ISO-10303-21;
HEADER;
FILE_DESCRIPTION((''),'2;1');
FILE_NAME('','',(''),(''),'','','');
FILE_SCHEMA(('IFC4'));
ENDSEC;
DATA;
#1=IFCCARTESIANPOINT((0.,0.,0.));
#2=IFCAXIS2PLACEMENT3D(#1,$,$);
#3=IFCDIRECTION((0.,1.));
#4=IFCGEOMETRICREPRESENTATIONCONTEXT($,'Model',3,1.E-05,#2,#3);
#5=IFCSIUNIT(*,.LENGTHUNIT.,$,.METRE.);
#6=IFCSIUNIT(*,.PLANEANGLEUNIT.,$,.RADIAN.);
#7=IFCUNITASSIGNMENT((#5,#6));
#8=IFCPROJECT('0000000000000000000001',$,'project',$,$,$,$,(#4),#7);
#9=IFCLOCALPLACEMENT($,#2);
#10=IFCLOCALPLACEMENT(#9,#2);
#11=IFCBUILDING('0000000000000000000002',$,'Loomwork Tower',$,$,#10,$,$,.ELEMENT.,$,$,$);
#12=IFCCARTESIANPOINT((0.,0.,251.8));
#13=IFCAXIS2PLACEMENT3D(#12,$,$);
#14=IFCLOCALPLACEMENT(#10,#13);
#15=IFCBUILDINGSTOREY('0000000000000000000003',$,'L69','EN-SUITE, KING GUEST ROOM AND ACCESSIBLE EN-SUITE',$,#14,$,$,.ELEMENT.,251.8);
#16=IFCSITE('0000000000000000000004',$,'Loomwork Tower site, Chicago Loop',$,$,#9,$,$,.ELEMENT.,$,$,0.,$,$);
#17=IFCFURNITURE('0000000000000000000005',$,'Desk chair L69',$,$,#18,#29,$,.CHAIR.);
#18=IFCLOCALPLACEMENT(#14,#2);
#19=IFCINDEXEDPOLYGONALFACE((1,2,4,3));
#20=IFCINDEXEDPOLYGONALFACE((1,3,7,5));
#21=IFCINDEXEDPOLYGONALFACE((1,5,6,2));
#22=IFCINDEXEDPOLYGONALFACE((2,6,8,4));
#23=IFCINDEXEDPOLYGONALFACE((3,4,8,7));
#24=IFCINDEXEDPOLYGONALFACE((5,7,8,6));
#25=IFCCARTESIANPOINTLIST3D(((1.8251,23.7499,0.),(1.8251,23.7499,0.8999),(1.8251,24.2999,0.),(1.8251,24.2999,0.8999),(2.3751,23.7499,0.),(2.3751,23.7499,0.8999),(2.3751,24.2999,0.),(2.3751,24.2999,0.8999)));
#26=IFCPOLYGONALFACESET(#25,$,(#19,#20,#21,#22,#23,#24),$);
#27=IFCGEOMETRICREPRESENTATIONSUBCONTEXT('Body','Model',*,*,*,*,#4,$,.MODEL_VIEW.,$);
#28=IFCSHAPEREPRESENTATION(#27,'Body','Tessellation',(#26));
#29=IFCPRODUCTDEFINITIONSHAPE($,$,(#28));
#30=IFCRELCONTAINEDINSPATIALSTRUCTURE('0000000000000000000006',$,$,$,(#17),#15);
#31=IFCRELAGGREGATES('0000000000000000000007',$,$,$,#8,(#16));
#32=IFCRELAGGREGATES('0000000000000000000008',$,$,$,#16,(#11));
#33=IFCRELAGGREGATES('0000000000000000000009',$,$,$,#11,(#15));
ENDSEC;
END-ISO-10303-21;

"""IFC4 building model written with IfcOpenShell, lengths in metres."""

from ifc_helpers import new_model, si_unit, direction, frame, origin, origin_2d, place, context, subcontext, project, spatial, rectangle, extrude, element, save


model = new_model("IFC4")

# Units and contexts
model_context = context("Model", 3, precision=1e-05, world=origin(), true_north=direction((0.0, 1.0)))
body_context = subcontext(model_context, "Body", "Model", "MODEL_VIEW")
ifc_project = project(units=[si_unit("LENGTHUNIT", "METRE"), si_unit("PLANEANGLEUNIT", "RADIAN")], contexts=[model_context])

# Site, building, storey
site_placement = place(None, origin())
site = spatial("IfcSite", under=ifc_project, at=site_placement, Name="Loomwork Tower site, Chicago Loop", CompositionType="ELEMENT", RefElevation=0.0)
building_placement = place(site_placement, origin())
building = spatial("IfcBuilding", under=site, at=building_placement, Name="Loomwork Tower", CompositionType="ELEMENT")
storey_placement = place(building_placement, frame((0.0, 0.0, 251.8)))
storey = spatial("IfcBuildingStorey", under=building, at=storey_placement, Name="L69", Description="EN-SUITE, KING GUEST ROOM AND ACCESSIBLE EN-SUITE", CompositionType="ELEMENT", Elevation=251.8)

# Furniture
furniture_1_placement = place(storey_placement, frame((2.1001, 24.0249, 0.0), z_axis=(0.0, 0.0, 1.0), x_axis=(1.0, 0.0, 0.0)))
element("IfcFurniture", 1, at=furniture_1_placement, inside=storey, Name="Desk chair L69", PredefinedType="CHAIR", context=body_context, shape_type="SweptSolid", body=[
    extrude(rectangle(XDim=0.55, YDim=0.55, at=origin_2d()), origin(), (0.0, 0.0, 1.0), 0.8999),
])

save(model, "model.ifc")
